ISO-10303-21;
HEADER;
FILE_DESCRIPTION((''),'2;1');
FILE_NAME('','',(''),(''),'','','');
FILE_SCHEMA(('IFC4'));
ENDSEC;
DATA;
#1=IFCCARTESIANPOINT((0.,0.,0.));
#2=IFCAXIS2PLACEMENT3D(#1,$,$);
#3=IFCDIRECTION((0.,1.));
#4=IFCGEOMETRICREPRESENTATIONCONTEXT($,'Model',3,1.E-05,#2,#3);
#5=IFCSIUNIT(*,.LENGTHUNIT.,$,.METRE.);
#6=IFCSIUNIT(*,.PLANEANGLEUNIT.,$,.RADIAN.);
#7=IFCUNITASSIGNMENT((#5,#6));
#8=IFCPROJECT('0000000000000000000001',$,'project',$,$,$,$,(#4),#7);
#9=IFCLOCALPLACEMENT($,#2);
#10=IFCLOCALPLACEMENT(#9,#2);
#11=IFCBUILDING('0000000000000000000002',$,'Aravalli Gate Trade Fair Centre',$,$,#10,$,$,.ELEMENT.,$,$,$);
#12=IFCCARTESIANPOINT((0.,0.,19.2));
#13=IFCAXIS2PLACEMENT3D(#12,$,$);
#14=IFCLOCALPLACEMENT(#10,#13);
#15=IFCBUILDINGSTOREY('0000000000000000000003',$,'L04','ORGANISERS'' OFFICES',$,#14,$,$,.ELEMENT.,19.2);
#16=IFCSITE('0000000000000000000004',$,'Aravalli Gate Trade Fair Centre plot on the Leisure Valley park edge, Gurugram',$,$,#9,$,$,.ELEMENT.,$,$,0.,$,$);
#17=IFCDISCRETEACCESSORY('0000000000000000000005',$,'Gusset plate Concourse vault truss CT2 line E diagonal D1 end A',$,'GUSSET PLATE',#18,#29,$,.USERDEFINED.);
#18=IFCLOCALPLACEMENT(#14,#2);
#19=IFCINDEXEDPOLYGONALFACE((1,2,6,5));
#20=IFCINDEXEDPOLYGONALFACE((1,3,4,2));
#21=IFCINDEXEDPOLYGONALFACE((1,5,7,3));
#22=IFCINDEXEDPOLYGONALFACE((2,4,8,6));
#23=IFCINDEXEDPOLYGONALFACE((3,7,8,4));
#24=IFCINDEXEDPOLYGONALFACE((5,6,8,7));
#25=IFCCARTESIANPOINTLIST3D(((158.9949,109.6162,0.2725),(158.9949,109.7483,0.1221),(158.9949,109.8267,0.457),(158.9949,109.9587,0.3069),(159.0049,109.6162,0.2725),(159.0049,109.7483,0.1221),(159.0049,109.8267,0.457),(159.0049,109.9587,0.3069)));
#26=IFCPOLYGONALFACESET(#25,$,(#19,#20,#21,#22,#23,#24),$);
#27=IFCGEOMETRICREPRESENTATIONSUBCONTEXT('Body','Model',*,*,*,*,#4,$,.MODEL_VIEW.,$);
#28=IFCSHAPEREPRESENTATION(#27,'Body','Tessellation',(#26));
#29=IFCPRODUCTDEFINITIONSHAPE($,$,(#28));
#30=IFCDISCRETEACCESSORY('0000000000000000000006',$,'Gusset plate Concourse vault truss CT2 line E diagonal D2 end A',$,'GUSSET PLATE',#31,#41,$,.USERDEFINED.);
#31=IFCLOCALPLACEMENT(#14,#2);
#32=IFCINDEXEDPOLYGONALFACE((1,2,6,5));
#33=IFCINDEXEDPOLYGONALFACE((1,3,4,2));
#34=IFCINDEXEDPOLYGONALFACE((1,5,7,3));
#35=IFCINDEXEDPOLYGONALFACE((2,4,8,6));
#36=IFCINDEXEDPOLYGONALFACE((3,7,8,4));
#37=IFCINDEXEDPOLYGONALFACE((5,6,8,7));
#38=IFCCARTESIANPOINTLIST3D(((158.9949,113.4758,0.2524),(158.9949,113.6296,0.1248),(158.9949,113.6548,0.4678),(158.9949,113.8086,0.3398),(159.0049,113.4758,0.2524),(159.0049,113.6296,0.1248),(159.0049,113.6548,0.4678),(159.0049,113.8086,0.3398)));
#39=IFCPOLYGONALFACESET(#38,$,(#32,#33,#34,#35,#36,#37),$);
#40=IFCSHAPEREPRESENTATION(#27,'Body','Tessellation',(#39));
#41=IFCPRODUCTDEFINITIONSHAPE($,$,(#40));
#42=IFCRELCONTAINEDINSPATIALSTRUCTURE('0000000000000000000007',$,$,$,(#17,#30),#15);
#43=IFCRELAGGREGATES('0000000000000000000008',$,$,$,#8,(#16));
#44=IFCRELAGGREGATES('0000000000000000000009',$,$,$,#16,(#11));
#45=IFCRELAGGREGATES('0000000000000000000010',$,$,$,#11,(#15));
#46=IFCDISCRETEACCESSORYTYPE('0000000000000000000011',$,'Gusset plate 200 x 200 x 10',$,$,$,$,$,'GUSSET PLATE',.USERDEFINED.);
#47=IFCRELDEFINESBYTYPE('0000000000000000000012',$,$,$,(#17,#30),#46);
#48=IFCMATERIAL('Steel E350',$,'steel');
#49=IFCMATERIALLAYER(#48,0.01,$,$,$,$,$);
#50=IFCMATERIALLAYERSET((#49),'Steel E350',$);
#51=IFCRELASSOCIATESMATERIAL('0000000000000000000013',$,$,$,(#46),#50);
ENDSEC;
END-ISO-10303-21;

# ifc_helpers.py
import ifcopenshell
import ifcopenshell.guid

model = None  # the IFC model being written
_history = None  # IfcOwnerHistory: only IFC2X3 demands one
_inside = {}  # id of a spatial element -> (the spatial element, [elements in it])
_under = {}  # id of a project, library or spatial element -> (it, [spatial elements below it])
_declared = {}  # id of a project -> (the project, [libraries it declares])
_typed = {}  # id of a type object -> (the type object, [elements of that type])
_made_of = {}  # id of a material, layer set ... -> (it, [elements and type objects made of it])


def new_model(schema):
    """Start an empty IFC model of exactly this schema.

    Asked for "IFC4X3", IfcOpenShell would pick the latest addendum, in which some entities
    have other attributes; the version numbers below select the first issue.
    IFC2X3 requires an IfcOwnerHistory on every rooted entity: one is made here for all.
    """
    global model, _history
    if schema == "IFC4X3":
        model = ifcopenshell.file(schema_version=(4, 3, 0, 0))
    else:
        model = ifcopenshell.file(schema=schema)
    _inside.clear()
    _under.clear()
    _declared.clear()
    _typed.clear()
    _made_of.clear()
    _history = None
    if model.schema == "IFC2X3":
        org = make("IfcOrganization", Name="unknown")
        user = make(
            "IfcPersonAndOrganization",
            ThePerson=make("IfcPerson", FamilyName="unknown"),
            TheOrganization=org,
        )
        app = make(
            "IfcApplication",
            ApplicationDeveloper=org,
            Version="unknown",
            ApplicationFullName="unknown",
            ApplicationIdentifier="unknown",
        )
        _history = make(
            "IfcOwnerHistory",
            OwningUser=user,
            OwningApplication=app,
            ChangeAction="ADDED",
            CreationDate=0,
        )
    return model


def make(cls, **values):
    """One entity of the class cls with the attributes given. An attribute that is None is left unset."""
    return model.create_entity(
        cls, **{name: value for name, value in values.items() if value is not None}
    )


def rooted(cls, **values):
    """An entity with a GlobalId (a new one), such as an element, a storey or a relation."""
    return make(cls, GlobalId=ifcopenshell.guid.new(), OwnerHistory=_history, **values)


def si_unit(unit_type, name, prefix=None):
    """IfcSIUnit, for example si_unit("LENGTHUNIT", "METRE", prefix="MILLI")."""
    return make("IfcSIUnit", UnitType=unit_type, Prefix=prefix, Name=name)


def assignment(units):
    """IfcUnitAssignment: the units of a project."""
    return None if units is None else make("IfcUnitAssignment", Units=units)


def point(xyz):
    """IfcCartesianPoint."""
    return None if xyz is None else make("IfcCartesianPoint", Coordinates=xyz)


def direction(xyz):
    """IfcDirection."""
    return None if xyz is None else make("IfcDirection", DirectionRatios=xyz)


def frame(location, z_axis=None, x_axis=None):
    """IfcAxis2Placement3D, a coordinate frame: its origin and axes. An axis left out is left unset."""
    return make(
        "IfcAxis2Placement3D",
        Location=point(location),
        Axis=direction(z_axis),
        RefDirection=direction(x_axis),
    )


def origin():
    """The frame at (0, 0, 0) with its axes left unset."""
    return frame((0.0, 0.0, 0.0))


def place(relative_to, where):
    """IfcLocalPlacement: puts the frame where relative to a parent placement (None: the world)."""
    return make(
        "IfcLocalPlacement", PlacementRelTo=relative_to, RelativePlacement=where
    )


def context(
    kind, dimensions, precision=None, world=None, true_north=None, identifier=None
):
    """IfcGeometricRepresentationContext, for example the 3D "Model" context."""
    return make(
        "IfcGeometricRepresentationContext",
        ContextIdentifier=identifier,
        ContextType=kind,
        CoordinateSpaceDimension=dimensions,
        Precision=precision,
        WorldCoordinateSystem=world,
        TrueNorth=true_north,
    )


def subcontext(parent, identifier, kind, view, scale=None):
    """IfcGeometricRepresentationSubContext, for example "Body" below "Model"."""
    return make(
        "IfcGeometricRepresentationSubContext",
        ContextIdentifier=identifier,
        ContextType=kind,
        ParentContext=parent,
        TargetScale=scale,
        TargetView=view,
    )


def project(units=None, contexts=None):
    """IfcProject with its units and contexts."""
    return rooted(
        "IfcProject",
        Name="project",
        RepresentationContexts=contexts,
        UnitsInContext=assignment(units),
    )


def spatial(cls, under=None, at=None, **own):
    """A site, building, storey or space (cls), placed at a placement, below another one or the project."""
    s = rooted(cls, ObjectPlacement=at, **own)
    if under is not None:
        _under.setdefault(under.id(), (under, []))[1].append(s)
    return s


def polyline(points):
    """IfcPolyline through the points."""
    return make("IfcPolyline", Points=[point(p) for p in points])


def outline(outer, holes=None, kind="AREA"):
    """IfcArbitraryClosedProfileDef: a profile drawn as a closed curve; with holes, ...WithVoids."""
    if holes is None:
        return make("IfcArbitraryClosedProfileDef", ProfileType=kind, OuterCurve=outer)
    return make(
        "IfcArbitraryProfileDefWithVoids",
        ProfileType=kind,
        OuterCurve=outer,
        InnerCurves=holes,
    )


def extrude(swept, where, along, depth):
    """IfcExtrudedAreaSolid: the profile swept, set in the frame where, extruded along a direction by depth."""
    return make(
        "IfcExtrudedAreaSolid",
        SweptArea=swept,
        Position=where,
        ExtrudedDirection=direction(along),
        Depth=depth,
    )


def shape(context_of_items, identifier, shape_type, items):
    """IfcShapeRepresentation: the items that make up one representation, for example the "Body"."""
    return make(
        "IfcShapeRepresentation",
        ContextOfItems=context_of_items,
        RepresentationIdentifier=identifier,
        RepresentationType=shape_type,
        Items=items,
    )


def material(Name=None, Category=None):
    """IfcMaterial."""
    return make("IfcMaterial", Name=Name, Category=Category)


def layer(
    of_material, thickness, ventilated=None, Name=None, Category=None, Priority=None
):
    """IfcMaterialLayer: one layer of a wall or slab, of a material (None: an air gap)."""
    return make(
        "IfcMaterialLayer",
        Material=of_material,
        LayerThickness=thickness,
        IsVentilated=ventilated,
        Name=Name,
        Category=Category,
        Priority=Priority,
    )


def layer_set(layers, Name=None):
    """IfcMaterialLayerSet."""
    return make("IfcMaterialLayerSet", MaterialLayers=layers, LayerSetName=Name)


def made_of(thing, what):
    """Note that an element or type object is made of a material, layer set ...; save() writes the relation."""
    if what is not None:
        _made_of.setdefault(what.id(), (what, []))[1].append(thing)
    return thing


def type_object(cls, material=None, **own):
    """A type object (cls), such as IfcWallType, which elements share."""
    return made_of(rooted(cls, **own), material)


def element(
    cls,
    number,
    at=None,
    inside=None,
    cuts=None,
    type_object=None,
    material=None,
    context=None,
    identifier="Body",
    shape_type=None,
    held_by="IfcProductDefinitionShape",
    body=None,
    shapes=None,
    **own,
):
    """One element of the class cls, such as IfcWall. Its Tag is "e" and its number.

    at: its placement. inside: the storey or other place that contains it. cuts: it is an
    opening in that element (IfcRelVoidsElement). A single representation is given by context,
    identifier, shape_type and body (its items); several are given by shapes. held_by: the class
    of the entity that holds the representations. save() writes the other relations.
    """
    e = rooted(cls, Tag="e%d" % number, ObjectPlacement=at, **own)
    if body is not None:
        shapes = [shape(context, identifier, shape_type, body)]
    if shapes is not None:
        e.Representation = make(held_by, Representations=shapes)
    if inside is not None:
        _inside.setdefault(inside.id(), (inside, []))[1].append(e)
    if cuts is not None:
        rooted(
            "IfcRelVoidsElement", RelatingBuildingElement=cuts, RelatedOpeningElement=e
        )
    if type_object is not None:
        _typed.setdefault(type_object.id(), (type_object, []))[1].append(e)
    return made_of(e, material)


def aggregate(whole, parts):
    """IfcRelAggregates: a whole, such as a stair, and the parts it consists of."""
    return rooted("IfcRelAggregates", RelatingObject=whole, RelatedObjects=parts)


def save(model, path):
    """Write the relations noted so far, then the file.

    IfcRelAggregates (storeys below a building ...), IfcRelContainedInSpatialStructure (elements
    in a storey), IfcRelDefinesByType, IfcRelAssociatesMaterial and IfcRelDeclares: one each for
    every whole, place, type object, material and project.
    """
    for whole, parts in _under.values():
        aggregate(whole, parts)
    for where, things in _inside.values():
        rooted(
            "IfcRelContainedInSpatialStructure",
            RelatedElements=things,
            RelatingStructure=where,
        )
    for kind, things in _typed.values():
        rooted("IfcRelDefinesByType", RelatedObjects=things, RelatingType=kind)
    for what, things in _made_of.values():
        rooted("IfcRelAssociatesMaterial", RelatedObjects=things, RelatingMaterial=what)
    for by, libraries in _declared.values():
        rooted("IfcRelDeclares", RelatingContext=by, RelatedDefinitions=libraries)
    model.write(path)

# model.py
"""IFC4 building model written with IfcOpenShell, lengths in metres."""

from ifc_helpers import new_model, si_unit, direction, frame, origin, place, context, subcontext, project, spatial, polyline, outline, extrude, material, layer, layer_set, type_object, element, save


model = new_model("IFC4")

# Units and contexts
model_context = context("Model", 3, precision=1e-05, world=origin(), true_north=direction((0.0, 1.0)))
body_context = subcontext(model_context, "Body", "Model", "MODEL_VIEW")
ifc_project = project(units=[si_unit("LENGTHUNIT", "METRE"), si_unit("PLANEANGLEUNIT", "RADIAN")], contexts=[model_context])

# Site, building, storey
site_placement = place(None, origin())
site = spatial("IfcSite", under=ifc_project, at=site_placement, Name="Aravalli Gate Trade Fair Centre plot on the Leisure Valley park edge, Gurugram", CompositionType="ELEMENT", RefElevation=0.0)
building_placement = place(site_placement, origin())
building = spatial("IfcBuilding", under=site, at=building_placement, Name="Aravalli Gate Trade Fair Centre", CompositionType="ELEMENT")
storey_placement = place(building_placement, frame((0.0, 0.0, 19.2)))
storey = spatial("IfcBuildingStorey", under=building, at=storey_placement, Name="L04", Description="ORGANISERS' OFFICES", CompositionType="ELEMENT", Elevation=19.2)

# Shared definitions
ifc_material_1 = material(Name="Steel E350", Category="steel")

# Discrete accessories
ifc_layer_1 = layer(ifc_material_1, 0.01)
ifc_layer_set_1 = layer_set([ifc_layer_1], Name="Steel E350")
discrete_accessory_type_1 = type_object("IfcDiscreteAccessoryType", Name="Gusset plate 200 x 200 x 10", ElementType="GUSSET PLATE", PredefinedType="USERDEFINED", material=ifc_layer_set_1)
discrete_accessory_1_placement = place(storey_placement, frame((159.0049, 109.8267, 0.457), z_axis=(1.0, 0.0, 0.0), x_axis=(0.0, -0.75182, -0.659369)))
element("IfcDiscreteAccessory", 1, at=discrete_accessory_1_placement, inside=storey, type_object=discrete_accessory_type_1, Name="Gusset plate Concourse vault truss CT2 line E diagonal D1 end A", ObjectType="GUSSET PLATE", PredefinedType="USERDEFINED", context=body_context, shape_type="SweptSolid", body=[
    extrude(outline(polyline([(0.0, 0.0), (0.2799, 0.0), (0.2798, 0.2002), (-0.0003, 0.2), (0.0, 0.0)])), origin(), (0.0, 0.0, -1.0), 0.01),
])
discrete_accessory_2_placement = place(storey_placement, frame((159.0049, 113.6548, 0.4678), z_axis=(1.0, 0.0, 0.0), x_axis=(0.0, -0.639155, -0.769078)))
element("IfcDiscreteAccessory", 2, at=discrete_accessory_2_placement, inside=storey, type_object=discrete_accessory_type_1, Name="Gusset plate Concourse vault truss CT2 line E diagonal D2 end A", ObjectType="GUSSET PLATE", PredefinedType="USERDEFINED", context=body_context, shape_type="SweptSolid", body=[
    extrude(outline(polyline([(0.0, 0.0), (0.28, 0.0), (0.2799, 0.1999), (0.0001, 0.2001), (0.0, 0.0)])), origin(), (0.0, 0.0, -1.0), 0.01),
])

save(model, "model.ifc")
